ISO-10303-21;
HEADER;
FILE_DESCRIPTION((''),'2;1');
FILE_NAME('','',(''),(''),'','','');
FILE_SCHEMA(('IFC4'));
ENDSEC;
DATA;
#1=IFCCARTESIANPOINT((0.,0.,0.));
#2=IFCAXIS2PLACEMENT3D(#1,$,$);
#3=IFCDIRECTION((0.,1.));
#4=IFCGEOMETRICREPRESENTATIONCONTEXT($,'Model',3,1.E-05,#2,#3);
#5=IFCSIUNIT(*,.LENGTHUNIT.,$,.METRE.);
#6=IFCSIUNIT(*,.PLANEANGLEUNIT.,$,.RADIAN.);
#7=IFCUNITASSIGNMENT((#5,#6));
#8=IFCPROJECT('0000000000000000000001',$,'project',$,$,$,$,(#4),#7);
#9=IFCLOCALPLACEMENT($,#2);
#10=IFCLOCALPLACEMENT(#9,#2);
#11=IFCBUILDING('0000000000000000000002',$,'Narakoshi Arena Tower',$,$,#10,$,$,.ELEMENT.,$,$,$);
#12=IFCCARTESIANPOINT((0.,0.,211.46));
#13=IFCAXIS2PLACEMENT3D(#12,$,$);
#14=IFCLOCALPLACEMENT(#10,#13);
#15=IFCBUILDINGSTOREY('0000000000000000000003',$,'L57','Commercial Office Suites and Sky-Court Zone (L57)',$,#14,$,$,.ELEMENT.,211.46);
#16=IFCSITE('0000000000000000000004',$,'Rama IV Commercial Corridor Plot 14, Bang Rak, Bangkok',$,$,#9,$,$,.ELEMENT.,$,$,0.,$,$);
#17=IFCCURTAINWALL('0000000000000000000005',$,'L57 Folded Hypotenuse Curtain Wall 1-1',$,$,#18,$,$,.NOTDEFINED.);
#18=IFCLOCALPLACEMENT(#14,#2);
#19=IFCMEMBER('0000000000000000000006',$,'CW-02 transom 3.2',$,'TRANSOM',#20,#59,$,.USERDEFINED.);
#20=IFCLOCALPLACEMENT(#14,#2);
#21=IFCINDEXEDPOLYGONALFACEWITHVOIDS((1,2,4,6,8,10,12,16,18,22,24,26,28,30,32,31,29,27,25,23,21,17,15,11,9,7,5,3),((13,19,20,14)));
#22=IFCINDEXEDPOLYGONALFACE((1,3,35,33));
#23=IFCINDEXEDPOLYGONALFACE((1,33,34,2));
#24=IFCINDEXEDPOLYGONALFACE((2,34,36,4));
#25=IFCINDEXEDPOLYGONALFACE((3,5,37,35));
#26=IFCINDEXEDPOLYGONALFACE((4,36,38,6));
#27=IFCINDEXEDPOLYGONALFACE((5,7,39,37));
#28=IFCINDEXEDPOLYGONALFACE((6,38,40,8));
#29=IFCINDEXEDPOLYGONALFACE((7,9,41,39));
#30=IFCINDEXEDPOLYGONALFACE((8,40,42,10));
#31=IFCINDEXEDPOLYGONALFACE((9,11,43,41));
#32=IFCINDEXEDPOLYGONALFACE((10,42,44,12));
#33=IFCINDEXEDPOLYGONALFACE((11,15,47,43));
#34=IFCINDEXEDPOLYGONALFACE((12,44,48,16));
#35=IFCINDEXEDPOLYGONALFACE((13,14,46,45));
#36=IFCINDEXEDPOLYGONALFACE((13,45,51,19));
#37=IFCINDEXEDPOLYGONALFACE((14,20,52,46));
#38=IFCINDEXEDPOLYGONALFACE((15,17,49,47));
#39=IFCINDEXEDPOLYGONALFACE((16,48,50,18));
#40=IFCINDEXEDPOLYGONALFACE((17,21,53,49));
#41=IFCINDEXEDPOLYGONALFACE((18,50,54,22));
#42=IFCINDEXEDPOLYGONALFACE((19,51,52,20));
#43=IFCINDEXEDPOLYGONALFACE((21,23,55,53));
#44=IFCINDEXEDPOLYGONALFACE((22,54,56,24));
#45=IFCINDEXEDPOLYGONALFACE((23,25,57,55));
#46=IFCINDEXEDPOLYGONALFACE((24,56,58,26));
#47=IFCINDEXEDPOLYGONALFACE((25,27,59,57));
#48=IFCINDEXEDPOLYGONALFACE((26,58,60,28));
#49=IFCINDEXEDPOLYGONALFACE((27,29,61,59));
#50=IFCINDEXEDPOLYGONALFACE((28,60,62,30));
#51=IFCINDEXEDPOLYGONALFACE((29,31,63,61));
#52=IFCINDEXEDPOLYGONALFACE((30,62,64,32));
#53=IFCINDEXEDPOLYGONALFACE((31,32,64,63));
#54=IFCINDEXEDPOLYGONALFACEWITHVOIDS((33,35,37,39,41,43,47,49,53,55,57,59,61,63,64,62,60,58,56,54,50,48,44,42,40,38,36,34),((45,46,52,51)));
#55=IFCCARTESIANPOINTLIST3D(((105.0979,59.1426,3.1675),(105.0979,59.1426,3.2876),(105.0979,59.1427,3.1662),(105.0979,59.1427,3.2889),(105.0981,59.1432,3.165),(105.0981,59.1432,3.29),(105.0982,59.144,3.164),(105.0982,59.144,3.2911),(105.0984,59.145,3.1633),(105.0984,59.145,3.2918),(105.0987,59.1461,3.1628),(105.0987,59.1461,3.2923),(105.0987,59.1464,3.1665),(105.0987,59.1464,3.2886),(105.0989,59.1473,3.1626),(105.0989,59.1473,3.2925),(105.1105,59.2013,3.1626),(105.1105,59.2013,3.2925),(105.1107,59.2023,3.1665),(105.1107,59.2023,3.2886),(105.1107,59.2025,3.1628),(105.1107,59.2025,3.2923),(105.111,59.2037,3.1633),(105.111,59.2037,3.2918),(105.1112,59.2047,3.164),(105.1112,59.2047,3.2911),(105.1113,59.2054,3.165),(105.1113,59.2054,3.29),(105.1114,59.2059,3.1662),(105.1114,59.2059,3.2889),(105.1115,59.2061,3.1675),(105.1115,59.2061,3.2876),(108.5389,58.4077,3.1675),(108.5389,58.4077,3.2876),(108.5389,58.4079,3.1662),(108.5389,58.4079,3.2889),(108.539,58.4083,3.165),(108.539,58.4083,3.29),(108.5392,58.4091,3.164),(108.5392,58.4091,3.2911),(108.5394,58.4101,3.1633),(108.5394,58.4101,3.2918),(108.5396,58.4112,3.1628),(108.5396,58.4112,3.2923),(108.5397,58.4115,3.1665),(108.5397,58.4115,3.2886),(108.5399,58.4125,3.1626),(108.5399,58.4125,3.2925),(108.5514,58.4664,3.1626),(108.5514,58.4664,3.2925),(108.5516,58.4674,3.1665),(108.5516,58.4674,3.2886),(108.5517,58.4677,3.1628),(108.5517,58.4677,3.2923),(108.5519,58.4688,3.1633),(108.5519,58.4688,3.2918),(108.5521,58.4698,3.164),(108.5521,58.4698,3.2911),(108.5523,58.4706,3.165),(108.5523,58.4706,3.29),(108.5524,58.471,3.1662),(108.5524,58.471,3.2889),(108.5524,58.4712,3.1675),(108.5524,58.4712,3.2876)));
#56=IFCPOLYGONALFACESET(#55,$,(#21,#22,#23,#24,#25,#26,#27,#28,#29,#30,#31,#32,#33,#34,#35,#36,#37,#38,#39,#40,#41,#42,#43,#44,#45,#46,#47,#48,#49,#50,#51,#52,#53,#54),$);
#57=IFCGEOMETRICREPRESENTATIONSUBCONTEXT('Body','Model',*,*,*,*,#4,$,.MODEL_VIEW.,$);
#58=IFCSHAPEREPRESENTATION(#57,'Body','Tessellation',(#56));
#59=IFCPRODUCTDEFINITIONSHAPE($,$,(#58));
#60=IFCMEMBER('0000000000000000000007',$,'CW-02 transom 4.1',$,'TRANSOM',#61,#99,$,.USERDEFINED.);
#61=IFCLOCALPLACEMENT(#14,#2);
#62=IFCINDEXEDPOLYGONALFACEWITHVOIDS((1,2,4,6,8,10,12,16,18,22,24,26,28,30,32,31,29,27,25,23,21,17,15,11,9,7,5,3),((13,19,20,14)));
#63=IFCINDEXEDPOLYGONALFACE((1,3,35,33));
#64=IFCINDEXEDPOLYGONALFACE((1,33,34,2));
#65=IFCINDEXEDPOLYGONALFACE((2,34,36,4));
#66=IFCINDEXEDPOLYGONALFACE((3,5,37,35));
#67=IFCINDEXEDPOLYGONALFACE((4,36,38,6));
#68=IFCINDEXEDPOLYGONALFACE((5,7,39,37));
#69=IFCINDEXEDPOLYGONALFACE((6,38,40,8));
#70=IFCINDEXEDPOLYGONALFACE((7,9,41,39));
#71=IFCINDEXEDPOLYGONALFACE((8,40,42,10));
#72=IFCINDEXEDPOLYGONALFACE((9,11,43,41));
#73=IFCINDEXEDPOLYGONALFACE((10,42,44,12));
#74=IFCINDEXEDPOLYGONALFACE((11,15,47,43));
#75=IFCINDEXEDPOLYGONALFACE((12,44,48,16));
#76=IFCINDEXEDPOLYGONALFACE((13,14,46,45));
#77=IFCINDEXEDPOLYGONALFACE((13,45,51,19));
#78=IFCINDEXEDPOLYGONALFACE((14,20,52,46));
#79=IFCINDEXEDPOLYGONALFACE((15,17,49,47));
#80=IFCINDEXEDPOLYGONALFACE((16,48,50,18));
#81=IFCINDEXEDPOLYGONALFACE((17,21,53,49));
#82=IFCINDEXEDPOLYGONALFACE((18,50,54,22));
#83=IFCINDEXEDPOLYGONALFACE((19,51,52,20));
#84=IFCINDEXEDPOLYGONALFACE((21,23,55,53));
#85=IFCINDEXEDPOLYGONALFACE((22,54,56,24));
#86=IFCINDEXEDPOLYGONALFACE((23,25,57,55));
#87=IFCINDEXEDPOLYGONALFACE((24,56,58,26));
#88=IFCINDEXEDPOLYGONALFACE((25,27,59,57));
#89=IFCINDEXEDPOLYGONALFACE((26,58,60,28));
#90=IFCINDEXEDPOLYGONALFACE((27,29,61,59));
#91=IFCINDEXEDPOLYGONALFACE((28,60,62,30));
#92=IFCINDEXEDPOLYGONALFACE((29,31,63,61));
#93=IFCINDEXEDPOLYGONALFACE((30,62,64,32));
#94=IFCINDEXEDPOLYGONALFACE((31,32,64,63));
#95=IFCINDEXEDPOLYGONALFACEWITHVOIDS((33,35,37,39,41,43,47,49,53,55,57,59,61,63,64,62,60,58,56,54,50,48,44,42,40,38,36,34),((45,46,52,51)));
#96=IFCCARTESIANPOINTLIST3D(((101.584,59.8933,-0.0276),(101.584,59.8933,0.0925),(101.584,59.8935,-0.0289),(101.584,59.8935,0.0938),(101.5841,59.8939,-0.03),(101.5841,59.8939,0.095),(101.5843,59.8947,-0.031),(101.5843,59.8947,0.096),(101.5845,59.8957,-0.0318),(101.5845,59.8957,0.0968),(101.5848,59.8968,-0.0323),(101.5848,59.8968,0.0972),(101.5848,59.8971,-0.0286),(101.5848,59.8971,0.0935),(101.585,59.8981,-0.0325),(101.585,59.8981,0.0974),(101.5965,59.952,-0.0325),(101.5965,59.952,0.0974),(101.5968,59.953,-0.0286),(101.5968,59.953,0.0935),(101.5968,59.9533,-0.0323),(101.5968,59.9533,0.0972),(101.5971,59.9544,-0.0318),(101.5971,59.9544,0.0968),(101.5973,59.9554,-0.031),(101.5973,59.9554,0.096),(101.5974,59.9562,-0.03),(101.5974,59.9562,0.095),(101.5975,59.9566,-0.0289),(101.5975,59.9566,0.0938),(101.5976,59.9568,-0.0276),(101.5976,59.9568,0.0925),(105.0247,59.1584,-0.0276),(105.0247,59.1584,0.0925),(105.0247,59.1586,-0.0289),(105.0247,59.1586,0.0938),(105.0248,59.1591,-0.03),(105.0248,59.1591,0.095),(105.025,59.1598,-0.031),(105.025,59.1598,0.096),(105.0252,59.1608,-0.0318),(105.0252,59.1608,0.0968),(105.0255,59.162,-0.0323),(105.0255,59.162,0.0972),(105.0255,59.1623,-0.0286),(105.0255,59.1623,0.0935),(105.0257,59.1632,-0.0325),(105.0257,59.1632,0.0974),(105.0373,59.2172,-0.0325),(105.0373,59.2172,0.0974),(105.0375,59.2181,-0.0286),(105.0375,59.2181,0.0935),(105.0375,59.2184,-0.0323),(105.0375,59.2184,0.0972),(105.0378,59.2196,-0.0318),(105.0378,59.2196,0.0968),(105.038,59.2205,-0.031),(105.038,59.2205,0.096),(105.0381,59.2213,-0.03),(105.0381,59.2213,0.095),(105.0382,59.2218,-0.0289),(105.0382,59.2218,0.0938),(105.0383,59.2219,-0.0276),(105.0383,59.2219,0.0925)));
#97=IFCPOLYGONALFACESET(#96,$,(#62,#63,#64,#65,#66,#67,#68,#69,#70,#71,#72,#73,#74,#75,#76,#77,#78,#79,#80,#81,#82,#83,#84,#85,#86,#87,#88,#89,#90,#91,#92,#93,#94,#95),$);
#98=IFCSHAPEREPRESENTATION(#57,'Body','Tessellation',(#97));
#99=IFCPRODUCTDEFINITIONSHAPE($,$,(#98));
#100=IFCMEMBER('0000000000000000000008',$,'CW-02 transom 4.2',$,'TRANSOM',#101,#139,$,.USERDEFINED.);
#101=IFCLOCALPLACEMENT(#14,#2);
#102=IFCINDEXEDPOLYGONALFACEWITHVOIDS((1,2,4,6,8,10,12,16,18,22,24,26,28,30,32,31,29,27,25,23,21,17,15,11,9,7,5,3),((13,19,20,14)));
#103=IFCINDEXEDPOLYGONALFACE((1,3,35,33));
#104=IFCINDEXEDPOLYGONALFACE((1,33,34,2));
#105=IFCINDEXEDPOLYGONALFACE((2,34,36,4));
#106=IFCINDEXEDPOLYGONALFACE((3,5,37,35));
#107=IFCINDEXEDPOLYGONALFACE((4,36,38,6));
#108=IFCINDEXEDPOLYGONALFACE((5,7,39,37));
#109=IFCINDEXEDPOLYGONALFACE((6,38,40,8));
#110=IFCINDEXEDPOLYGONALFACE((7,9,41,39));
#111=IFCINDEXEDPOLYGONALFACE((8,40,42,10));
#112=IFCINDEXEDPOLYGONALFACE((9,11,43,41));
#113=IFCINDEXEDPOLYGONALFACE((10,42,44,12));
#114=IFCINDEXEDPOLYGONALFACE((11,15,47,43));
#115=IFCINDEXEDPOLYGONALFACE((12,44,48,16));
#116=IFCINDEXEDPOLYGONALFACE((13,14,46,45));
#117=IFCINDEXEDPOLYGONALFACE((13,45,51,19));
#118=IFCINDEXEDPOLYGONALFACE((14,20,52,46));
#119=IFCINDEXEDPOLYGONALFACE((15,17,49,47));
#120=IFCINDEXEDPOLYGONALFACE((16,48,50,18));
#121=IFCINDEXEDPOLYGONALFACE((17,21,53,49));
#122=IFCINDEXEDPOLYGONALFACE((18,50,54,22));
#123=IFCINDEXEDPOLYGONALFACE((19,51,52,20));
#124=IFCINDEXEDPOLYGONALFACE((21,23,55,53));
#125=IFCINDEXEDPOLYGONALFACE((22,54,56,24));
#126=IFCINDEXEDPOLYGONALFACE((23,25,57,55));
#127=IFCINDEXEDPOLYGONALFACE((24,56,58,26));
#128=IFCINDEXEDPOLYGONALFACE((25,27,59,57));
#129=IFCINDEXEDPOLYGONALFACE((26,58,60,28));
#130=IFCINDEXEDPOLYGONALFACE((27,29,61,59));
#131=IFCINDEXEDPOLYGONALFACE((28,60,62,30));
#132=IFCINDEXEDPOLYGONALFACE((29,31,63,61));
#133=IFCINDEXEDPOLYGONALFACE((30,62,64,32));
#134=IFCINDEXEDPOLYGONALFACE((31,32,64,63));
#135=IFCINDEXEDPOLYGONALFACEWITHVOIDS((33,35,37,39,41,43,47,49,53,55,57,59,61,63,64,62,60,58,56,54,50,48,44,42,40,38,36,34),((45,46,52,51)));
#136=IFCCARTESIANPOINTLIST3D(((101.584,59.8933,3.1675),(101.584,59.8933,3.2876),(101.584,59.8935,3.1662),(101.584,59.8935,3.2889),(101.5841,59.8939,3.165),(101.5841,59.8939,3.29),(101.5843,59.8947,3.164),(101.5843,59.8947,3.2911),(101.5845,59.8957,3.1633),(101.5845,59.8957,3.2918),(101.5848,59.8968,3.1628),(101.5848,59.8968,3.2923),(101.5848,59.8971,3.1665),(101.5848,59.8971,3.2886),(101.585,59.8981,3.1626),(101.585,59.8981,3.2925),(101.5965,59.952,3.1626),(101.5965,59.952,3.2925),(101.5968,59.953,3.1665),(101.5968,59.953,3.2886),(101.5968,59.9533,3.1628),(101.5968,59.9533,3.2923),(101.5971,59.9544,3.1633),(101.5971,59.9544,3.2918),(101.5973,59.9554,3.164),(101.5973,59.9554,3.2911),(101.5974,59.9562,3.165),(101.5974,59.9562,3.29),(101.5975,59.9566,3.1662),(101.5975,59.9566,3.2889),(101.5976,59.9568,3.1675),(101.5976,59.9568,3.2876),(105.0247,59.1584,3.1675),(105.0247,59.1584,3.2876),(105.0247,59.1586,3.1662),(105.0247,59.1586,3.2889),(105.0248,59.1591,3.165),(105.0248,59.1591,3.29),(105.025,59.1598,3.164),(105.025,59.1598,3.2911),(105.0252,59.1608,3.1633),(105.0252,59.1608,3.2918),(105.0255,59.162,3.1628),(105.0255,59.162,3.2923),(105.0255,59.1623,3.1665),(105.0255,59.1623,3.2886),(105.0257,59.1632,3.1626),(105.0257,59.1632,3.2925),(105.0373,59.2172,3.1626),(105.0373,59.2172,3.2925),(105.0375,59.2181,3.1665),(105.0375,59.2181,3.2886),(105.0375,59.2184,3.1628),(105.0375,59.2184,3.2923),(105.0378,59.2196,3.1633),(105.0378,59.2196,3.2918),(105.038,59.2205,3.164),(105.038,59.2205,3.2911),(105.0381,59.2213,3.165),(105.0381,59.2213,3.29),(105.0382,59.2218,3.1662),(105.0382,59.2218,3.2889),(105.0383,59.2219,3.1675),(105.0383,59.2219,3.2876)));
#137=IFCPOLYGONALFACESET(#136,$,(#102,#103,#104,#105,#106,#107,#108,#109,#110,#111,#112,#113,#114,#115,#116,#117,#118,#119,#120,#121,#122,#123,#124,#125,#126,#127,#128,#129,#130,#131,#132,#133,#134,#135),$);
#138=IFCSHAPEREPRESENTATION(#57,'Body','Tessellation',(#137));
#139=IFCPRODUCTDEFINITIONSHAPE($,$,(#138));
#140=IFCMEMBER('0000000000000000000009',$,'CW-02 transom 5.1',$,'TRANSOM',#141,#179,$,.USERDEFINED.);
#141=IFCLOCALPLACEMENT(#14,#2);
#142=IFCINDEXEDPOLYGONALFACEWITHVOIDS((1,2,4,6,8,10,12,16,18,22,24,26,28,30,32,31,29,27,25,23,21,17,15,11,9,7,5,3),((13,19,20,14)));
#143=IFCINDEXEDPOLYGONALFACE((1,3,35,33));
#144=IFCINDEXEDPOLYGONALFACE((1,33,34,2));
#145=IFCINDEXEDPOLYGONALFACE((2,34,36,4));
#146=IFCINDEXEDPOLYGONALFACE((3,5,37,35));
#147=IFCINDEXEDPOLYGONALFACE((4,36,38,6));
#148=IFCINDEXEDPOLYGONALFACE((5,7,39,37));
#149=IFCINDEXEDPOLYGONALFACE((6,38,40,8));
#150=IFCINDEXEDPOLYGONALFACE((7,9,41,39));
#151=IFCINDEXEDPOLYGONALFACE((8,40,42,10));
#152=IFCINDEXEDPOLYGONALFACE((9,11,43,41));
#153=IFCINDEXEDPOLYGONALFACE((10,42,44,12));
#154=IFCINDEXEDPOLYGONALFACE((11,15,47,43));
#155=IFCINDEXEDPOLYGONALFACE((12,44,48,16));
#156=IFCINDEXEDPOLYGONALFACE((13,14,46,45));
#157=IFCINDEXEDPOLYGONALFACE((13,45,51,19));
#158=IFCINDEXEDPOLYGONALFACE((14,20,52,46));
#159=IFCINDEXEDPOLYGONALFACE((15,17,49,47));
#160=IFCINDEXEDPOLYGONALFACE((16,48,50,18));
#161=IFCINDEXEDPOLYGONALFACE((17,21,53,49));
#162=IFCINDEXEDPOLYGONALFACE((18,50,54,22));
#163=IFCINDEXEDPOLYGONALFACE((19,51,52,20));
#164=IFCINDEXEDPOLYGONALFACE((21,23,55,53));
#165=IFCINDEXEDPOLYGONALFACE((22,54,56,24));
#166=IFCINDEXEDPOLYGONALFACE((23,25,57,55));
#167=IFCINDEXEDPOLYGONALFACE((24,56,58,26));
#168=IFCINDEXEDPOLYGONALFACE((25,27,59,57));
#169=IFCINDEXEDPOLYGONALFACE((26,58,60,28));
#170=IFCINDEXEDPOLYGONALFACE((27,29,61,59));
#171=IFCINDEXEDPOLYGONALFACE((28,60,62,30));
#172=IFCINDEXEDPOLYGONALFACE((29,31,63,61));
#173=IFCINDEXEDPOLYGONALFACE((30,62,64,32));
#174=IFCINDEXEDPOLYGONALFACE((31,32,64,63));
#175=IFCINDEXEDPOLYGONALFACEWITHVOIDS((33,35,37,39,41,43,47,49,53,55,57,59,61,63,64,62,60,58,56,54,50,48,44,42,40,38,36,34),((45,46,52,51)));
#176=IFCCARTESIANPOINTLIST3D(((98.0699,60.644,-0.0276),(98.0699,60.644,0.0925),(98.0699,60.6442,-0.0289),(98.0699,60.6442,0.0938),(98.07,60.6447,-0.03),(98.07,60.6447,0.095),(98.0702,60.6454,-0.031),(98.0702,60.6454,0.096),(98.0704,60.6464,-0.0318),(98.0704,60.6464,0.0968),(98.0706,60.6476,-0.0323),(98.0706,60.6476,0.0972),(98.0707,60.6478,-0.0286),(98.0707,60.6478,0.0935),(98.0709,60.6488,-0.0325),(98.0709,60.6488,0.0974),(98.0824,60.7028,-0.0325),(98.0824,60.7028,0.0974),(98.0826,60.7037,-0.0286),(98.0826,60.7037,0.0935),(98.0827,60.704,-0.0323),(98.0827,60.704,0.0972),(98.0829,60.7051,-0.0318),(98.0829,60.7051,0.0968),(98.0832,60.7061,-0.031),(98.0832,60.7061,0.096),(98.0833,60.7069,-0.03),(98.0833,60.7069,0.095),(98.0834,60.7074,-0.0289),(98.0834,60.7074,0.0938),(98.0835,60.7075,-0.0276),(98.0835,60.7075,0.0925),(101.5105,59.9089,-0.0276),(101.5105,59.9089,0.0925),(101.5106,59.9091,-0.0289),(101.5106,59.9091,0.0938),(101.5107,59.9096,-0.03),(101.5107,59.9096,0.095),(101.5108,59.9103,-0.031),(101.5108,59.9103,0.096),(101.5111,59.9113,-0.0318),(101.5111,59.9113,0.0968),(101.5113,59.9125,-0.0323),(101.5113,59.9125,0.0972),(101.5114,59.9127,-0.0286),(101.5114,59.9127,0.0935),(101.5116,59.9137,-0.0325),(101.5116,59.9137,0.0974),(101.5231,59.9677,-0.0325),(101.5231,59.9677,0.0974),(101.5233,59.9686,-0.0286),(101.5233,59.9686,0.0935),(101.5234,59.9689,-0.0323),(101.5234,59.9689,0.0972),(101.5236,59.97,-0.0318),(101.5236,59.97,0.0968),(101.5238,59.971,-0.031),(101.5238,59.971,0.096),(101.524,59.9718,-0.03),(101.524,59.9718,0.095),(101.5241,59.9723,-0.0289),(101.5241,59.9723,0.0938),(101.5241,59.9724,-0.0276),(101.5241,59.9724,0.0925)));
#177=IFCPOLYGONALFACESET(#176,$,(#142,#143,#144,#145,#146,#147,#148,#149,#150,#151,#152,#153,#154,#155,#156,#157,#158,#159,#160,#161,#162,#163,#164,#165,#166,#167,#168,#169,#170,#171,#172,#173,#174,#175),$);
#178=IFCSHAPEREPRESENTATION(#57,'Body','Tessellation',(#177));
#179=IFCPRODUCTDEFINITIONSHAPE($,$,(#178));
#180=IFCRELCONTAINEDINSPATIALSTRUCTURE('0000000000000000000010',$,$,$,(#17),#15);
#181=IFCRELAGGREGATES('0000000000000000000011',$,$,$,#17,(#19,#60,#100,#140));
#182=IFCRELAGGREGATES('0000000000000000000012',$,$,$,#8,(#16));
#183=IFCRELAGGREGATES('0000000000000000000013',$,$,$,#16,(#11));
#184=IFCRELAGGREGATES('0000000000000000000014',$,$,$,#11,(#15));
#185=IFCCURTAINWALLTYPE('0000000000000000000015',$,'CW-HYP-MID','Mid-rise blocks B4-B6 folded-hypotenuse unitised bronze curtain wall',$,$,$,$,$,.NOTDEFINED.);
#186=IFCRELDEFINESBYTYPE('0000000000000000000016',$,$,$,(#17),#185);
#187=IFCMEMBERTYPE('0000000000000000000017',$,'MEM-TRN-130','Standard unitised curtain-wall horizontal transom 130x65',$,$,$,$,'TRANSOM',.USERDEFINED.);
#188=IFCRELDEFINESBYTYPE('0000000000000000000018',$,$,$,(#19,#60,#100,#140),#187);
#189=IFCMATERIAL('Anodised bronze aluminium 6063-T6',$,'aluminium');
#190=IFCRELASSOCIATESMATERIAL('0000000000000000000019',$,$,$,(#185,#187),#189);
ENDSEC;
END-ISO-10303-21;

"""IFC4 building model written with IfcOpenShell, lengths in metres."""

from ifc_helpers import new_model, si_unit, direction, frame, origin, origin_2d, place, context, subcontext, project, spatial, hollow_rectangle, extrude, material, material_profile, profile_set, type_object, element, aggregate, save


model = new_model("IFC4")

# Units and contexts
model_context = context("Model", 3, precision=1e-05, world=origin(), true_north=direction((0.0, 1.0)))
body_context = subcontext(model_context, "Body", "Model", "MODEL_VIEW")
ifc_project = project(units=[si_unit("LENGTHUNIT", "METRE"), si_unit("PLANEANGLEUNIT", "RADIAN")], contexts=[model_context])

# Site, building, storey
site_placement = place(None, origin())
site = spatial("IfcSite", under=ifc_project, at=site_placement, Name="Rama IV Commercial Corridor Plot 14, Bang Rak, Bangkok", CompositionType="ELEMENT", RefElevation=0.0)
building_placement = place(site_placement, origin())
building = spatial("IfcBuilding", under=site, at=building_placement, Name="Narakoshi Arena Tower", CompositionType="ELEMENT")
storey_placement = place(building_placement, frame((0.0, 0.0, 211.46)))
storey = spatial("IfcBuildingStorey", under=building, at=storey_placement, Name="L57", Description="Commercial Office Suites and Sky-Court Zone (L57)", CompositionType="ELEMENT", Elevation=211.46)

# Curtain wall, members
ifc_material_1 = material(Name="Anodised bronze aluminium 6063-T6", Category="aluminium")
curtain_wall_type = type_object("IfcCurtainWallType", Name="CW-HYP-MID", Description="Mid-rise blocks B4-B6 folded-hypotenuse unitised bronze curtain wall", PredefinedType="NOTDEFINED", material=ifc_material_1)
curtain_wall_placement = place(storey_placement, origin())
curtain_wall = element("IfcCurtainWall", 1, at=curtain_wall_placement, inside=storey, type_object=curtain_wall_type, Name="L57 Folded Hypotenuse Curtain Wall 1-1", PredefinedType="NOTDEFINED")
ifc_material_profile_1 = material_profile(ifc_material_1, hollow_rectangle(XDim=0.0649, YDim=0.1299, WallThickness=0.0039, OuterFilletRadius=0.0049, at=origin_2d()), Name="TRN130x65x4")
ifc_profile_set_1 = profile_set([ifc_material_profile_1], Name="Anodised bronze aluminium 6063-T6")
member_type_1 = type_object("IfcMemberType", Name="MEM-TRN-130", Description="Standard unitised curtain-wall horizontal transom 130x65", ElementType="TRANSOM", PredefinedType="USERDEFINED", material=ifc_profile_set_1)
member_1_placement = place(storey_placement, frame((108.5457, 58.4395, 3.2275), z_axis=(-0.977946, 0.208856, 0.0), x_axis=(-0.208856, -0.977946, 0.0)))
member_1 = element("IfcMember", 2, at=member_1_placement, type_object=member_type_1, Name="CW-02 transom 3.2", ObjectType="TRANSOM", PredefinedType="USERDEFINED", context=body_context, shape_type="SweptSolid", body=[
    extrude(hollow_rectangle(XDim=0.0649, YDim=0.1299, WallThickness=0.0039, OuterFilletRadius=0.0049, at=origin_2d()), origin(), (0.0, 0.0, 1.0), 3.5186),
])
member_2_placement = place(storey_placement, frame((105.0315, 59.1902, 0.0325), z_axis=(-0.977943, 0.20887, 0.0), x_axis=(-0.20887, -0.977943, 0.0)))
member_2 = element("IfcMember", 3, at=member_2_placement, type_object=member_type_1, Name="CW-02 transom 4.1", ObjectType="TRANSOM", PredefinedType="USERDEFINED", context=body_context, shape_type="SweptSolid", body=[
    extrude(hollow_rectangle(XDim=0.0649, YDim=0.1299, WallThickness=0.0039, OuterFilletRadius=0.0049, at=origin_2d()), origin(), (0.0, 0.0, 1.0), 3.5183),
])
member_3_placement = place(storey_placement, frame((105.0315, 59.1902, 3.2275), z_axis=(-0.977943, 0.20887, 0.0), x_axis=(-0.20887, -0.977943, 0.0)))
member_3 = element("IfcMember", 4, at=member_3_placement, type_object=member_type_1, Name="CW-02 transom 4.2", ObjectType="TRANSOM", PredefinedType="USERDEFINED", context=body_context, shape_type="SweptSolid", body=[
    extrude(hollow_rectangle(XDim=0.0649, YDim=0.1299, WallThickness=0.0039, OuterFilletRadius=0.0049, at=origin_2d()), origin(), (0.0, 0.0, 1.0), 3.5183),
])
member_4_placement = place(storey_placement, frame((101.5173, 59.9407, 0.0325), z_axis=(-0.977929, 0.208937, 0.0), x_axis=(-0.208937, -0.977929, 0.0)))
member_4 = element("IfcMember", 5, at=member_4_placement, type_object=member_type_1, Name="CW-02 transom 5.1", ObjectType="TRANSOM", PredefinedType="USERDEFINED", context=body_context, shape_type="SweptSolid", body=[
    extrude(hollow_rectangle(XDim=0.0649, YDim=0.1299, WallThickness=0.0039, OuterFilletRadius=0.0049, at=origin_2d()), origin(), (0.0, 0.0, 1.0), 3.5183),
])
aggregate(curtain_wall, [member_1, member_2, member_3, member_4])

save(model, "model.ifc")
